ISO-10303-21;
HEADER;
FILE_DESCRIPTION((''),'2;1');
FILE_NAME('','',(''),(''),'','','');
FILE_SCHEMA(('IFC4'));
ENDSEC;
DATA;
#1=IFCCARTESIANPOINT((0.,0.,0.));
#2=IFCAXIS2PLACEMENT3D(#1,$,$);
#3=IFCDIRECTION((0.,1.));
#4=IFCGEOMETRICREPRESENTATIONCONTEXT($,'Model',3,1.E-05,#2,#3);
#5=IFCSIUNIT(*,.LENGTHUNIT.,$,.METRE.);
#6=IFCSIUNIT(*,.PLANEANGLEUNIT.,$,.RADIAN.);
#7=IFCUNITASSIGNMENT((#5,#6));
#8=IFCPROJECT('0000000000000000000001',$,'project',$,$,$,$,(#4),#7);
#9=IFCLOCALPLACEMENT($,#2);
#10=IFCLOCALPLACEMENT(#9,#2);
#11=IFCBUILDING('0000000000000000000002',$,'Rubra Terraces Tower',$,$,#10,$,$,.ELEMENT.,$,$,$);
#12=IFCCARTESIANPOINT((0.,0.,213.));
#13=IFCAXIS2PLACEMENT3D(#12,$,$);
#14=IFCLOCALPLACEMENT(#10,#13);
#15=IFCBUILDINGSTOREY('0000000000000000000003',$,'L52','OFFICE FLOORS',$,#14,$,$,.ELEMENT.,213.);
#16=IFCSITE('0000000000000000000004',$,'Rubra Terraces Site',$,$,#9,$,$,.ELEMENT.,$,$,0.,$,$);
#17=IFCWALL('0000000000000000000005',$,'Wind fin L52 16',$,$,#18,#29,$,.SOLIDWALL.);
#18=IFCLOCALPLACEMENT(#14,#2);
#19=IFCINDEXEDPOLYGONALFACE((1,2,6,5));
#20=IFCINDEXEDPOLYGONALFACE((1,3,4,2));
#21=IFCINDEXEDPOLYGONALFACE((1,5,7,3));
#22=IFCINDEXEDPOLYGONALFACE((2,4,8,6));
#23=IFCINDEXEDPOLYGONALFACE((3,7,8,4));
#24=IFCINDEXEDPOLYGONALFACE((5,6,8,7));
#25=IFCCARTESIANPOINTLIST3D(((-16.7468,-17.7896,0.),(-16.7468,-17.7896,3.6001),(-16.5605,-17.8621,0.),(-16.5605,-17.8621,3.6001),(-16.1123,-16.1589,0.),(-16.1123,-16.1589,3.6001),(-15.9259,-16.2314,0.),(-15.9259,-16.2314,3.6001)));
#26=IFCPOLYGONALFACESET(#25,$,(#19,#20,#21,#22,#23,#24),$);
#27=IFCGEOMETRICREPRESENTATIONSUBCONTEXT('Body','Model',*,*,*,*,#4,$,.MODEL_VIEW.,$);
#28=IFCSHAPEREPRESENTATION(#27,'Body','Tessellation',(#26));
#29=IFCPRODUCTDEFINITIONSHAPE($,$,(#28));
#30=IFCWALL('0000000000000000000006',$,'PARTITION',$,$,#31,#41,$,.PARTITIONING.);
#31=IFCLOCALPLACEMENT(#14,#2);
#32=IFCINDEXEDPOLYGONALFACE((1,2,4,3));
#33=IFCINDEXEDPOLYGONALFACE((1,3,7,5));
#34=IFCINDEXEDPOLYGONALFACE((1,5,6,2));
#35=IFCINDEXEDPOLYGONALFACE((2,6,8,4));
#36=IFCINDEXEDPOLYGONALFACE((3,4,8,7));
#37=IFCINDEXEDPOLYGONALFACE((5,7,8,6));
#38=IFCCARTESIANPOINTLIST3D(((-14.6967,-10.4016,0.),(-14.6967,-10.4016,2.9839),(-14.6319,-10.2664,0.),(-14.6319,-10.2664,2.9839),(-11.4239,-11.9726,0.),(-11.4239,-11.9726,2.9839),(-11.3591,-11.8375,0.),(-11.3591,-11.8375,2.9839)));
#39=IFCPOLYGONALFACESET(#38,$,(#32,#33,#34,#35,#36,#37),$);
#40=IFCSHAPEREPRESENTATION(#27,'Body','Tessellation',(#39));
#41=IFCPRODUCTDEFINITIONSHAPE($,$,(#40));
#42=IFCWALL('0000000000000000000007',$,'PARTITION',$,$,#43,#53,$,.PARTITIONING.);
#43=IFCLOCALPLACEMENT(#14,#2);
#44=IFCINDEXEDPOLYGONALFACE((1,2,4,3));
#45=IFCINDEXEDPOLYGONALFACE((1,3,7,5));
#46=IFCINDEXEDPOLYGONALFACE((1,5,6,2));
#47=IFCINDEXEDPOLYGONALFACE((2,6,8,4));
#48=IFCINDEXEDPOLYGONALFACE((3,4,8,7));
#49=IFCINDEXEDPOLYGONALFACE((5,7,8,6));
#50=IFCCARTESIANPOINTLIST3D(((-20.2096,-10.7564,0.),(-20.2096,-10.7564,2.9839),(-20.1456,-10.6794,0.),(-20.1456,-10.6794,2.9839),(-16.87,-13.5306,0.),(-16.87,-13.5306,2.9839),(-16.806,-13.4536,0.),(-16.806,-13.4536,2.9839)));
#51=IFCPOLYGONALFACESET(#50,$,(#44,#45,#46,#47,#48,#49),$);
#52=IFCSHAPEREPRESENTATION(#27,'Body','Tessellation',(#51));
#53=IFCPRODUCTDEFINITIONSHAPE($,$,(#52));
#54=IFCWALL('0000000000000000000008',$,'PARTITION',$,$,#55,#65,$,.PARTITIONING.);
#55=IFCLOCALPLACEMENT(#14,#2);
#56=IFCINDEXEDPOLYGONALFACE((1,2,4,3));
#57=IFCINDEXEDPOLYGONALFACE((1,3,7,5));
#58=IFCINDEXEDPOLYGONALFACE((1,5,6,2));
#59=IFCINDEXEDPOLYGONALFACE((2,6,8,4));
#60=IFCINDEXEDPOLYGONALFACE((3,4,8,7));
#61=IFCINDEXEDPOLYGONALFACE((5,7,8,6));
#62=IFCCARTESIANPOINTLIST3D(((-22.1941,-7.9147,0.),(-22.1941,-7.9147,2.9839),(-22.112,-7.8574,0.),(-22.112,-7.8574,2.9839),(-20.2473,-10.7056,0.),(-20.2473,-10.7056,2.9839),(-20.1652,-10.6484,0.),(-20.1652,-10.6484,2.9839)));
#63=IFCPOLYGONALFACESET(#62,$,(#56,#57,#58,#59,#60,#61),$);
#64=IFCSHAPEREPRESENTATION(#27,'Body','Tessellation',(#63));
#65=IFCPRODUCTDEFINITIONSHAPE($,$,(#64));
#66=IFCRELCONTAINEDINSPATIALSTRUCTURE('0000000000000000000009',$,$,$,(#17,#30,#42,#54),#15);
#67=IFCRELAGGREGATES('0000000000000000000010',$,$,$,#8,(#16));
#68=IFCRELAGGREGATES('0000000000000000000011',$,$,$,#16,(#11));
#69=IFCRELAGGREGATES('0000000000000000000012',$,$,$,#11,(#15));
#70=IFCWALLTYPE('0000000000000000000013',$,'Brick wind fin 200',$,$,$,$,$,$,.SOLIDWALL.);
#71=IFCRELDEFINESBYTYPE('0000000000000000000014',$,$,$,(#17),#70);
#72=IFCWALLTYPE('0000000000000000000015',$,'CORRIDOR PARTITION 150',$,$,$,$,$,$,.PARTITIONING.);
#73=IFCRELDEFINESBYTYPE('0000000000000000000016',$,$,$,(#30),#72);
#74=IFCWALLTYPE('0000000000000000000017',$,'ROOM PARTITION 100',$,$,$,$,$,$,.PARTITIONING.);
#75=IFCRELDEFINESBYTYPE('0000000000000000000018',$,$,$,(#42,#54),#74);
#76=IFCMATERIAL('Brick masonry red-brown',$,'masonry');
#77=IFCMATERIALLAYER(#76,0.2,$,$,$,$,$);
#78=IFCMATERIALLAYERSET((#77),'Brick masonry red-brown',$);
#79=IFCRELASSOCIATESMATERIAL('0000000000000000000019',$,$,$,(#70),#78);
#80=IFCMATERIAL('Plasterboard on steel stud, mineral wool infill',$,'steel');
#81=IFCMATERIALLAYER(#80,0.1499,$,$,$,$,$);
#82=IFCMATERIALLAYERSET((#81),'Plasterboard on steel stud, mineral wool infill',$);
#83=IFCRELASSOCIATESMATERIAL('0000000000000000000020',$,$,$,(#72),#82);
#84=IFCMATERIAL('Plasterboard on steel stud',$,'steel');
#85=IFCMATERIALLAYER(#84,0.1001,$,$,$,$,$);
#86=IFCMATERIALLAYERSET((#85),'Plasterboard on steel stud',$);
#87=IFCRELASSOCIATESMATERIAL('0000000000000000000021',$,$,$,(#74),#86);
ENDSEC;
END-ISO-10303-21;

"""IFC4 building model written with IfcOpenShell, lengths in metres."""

from ifc_helpers import new_model, si_unit, direction, frame, frame_2d, origin, place, context, subcontext, project, spatial, rectangle, extrude, material, layer, layer_set, type_object, element, save


model = new_model("IFC4")

# Units and contexts
model_context = context("Model", 3, precision=1e-05, world=origin(), true_north=direction((0.0, 1.0)))
body_context = subcontext(model_context, "Body", "Model", "MODEL_VIEW")
ifc_project = project(units=[si_unit("LENGTHUNIT", "METRE"), si_unit("PLANEANGLEUNIT", "RADIAN")], contexts=[model_context])

# Site, building, storey
site_placement = place(None, origin())
site = spatial("IfcSite", under=ifc_project, at=site_placement, Name="Rubra Terraces Site", CompositionType="ELEMENT", RefElevation=0.0)
building_placement = place(site_placement, origin())
building = spatial("IfcBuilding", under=site, at=building_placement, Name="Rubra Terraces Tower", CompositionType="ELEMENT")
storey_placement = place(building_placement, frame((0.0, 0.0, 213.0)))
storey = spatial("IfcBuildingStorey", under=building, at=storey_placement, Name="L52", Description="OFFICE FLOORS", CompositionType="ELEMENT", Elevation=213.0)

# Shared definitions
ifc_material_1 = material(Name="Brick masonry red-brown", Category="masonry")

# Walls
ifc_layer_1 = layer(ifc_material_1, 0.2)
ifc_layer_set_1 = layer_set([ifc_layer_1], Name="Brick masonry red-brown")
wall_type_1 = type_object("IfcWallType", Name="Brick wind fin 200", PredefinedType="SOLIDWALL", material=ifc_layer_set_1)
wall_1_placement = place(storey_placement, frame((-16.019, -16.1951, 0.0), z_axis=(0.0, 0.0, 1.0), x_axis=(-0.362642, -0.931929, 0.0)))
element("IfcWall", 1, at=wall_1_placement, inside=storey, type_object=wall_type_1, Name="Wind fin L52 16", PredefinedType="SOLIDWALL", context=body_context, shape_type="SweptSolid", body=[
    extrude(rectangle(XDim=1.7498, YDim=0.2, at=frame_2d((0.875, 0.0))), origin(), (0.0, 0.0, 1.0), 3.6001),
])
ifc_material_2 = material(Name="Plasterboard on steel stud, mineral wool infill", Category="steel")
ifc_layer_2 = layer(ifc_material_2, 0.1499)
ifc_layer_set_2 = layer_set([ifc_layer_2], Name="Plasterboard on steel stud, mineral wool infill")
wall_type_2 = type_object("IfcWallType", Name="CORRIDOR PARTITION 150", PredefinedType="PARTITIONING", material=ifc_layer_set_2)
wall_2_placement = place(storey_placement, frame((-14.6643, -10.334, 0.0), z_axis=(0.0, 0.0, 1.0), x_axis=(0.901507, -0.432764, 0.0)))
element("IfcWall", 2, at=wall_2_placement, inside=storey, type_object=wall_type_2, Name="PARTITION", PredefinedType="PARTITIONING", context=body_context, shape_type="SweptSolid", body=[
    extrude(rectangle(XDim=3.6304, YDim=0.1499, at=frame_2d((1.8152, 0.0))), origin(), (0.0, 0.0, 1.0), 2.9839),
])
ifc_material_3 = material(Name="Plasterboard on steel stud", Category="steel")
ifc_layer_3 = layer(ifc_material_3, 0.1001)
ifc_layer_set_3 = layer_set([ifc_layer_3], Name="Plasterboard on steel stud")
wall_type_3 = type_object("IfcWallType", Name="ROOM PARTITION 100", PredefinedType="PARTITIONING", material=ifc_layer_set_3)
wall_3_placement = place(storey_placement, frame((-16.8379, -13.4922, 0.0), z_axis=(0.0, 0.0, 1.0), x_axis=(-0.769221, 0.638983, 0.0)))
element("IfcWall", 3, at=wall_3_placement, inside=storey, type_object=wall_type_3, Name="PARTITION", PredefinedType="PARTITIONING", context=body_context, shape_type="SweptSolid", body=[
    extrude(rectangle(XDim=4.3416, YDim=0.1001, at=frame_2d((2.1709, 0.0))), origin(), (0.0, 0.0, 1.0), 2.9839),
])
wall_4_placement = place(storey_placement, frame((-20.2063, -10.677, 0.0), z_axis=(0.0, 0.0, 1.0), x_axis=(-0.572094, 0.820188, 0.0)))
element("IfcWall", 4, at=wall_4_placement, inside=storey, type_object=wall_type_3, Name="PARTITION", PredefinedType="PARTITIONING", context=body_context, shape_type="SweptSolid", body=[
    extrude(rectangle(XDim=3.4028, YDim=0.1001, at=frame_2d((1.7014, 0.0))), origin(), (0.0, 0.0, 1.0), 2.9839),
])

save(model, "model.ifc")
